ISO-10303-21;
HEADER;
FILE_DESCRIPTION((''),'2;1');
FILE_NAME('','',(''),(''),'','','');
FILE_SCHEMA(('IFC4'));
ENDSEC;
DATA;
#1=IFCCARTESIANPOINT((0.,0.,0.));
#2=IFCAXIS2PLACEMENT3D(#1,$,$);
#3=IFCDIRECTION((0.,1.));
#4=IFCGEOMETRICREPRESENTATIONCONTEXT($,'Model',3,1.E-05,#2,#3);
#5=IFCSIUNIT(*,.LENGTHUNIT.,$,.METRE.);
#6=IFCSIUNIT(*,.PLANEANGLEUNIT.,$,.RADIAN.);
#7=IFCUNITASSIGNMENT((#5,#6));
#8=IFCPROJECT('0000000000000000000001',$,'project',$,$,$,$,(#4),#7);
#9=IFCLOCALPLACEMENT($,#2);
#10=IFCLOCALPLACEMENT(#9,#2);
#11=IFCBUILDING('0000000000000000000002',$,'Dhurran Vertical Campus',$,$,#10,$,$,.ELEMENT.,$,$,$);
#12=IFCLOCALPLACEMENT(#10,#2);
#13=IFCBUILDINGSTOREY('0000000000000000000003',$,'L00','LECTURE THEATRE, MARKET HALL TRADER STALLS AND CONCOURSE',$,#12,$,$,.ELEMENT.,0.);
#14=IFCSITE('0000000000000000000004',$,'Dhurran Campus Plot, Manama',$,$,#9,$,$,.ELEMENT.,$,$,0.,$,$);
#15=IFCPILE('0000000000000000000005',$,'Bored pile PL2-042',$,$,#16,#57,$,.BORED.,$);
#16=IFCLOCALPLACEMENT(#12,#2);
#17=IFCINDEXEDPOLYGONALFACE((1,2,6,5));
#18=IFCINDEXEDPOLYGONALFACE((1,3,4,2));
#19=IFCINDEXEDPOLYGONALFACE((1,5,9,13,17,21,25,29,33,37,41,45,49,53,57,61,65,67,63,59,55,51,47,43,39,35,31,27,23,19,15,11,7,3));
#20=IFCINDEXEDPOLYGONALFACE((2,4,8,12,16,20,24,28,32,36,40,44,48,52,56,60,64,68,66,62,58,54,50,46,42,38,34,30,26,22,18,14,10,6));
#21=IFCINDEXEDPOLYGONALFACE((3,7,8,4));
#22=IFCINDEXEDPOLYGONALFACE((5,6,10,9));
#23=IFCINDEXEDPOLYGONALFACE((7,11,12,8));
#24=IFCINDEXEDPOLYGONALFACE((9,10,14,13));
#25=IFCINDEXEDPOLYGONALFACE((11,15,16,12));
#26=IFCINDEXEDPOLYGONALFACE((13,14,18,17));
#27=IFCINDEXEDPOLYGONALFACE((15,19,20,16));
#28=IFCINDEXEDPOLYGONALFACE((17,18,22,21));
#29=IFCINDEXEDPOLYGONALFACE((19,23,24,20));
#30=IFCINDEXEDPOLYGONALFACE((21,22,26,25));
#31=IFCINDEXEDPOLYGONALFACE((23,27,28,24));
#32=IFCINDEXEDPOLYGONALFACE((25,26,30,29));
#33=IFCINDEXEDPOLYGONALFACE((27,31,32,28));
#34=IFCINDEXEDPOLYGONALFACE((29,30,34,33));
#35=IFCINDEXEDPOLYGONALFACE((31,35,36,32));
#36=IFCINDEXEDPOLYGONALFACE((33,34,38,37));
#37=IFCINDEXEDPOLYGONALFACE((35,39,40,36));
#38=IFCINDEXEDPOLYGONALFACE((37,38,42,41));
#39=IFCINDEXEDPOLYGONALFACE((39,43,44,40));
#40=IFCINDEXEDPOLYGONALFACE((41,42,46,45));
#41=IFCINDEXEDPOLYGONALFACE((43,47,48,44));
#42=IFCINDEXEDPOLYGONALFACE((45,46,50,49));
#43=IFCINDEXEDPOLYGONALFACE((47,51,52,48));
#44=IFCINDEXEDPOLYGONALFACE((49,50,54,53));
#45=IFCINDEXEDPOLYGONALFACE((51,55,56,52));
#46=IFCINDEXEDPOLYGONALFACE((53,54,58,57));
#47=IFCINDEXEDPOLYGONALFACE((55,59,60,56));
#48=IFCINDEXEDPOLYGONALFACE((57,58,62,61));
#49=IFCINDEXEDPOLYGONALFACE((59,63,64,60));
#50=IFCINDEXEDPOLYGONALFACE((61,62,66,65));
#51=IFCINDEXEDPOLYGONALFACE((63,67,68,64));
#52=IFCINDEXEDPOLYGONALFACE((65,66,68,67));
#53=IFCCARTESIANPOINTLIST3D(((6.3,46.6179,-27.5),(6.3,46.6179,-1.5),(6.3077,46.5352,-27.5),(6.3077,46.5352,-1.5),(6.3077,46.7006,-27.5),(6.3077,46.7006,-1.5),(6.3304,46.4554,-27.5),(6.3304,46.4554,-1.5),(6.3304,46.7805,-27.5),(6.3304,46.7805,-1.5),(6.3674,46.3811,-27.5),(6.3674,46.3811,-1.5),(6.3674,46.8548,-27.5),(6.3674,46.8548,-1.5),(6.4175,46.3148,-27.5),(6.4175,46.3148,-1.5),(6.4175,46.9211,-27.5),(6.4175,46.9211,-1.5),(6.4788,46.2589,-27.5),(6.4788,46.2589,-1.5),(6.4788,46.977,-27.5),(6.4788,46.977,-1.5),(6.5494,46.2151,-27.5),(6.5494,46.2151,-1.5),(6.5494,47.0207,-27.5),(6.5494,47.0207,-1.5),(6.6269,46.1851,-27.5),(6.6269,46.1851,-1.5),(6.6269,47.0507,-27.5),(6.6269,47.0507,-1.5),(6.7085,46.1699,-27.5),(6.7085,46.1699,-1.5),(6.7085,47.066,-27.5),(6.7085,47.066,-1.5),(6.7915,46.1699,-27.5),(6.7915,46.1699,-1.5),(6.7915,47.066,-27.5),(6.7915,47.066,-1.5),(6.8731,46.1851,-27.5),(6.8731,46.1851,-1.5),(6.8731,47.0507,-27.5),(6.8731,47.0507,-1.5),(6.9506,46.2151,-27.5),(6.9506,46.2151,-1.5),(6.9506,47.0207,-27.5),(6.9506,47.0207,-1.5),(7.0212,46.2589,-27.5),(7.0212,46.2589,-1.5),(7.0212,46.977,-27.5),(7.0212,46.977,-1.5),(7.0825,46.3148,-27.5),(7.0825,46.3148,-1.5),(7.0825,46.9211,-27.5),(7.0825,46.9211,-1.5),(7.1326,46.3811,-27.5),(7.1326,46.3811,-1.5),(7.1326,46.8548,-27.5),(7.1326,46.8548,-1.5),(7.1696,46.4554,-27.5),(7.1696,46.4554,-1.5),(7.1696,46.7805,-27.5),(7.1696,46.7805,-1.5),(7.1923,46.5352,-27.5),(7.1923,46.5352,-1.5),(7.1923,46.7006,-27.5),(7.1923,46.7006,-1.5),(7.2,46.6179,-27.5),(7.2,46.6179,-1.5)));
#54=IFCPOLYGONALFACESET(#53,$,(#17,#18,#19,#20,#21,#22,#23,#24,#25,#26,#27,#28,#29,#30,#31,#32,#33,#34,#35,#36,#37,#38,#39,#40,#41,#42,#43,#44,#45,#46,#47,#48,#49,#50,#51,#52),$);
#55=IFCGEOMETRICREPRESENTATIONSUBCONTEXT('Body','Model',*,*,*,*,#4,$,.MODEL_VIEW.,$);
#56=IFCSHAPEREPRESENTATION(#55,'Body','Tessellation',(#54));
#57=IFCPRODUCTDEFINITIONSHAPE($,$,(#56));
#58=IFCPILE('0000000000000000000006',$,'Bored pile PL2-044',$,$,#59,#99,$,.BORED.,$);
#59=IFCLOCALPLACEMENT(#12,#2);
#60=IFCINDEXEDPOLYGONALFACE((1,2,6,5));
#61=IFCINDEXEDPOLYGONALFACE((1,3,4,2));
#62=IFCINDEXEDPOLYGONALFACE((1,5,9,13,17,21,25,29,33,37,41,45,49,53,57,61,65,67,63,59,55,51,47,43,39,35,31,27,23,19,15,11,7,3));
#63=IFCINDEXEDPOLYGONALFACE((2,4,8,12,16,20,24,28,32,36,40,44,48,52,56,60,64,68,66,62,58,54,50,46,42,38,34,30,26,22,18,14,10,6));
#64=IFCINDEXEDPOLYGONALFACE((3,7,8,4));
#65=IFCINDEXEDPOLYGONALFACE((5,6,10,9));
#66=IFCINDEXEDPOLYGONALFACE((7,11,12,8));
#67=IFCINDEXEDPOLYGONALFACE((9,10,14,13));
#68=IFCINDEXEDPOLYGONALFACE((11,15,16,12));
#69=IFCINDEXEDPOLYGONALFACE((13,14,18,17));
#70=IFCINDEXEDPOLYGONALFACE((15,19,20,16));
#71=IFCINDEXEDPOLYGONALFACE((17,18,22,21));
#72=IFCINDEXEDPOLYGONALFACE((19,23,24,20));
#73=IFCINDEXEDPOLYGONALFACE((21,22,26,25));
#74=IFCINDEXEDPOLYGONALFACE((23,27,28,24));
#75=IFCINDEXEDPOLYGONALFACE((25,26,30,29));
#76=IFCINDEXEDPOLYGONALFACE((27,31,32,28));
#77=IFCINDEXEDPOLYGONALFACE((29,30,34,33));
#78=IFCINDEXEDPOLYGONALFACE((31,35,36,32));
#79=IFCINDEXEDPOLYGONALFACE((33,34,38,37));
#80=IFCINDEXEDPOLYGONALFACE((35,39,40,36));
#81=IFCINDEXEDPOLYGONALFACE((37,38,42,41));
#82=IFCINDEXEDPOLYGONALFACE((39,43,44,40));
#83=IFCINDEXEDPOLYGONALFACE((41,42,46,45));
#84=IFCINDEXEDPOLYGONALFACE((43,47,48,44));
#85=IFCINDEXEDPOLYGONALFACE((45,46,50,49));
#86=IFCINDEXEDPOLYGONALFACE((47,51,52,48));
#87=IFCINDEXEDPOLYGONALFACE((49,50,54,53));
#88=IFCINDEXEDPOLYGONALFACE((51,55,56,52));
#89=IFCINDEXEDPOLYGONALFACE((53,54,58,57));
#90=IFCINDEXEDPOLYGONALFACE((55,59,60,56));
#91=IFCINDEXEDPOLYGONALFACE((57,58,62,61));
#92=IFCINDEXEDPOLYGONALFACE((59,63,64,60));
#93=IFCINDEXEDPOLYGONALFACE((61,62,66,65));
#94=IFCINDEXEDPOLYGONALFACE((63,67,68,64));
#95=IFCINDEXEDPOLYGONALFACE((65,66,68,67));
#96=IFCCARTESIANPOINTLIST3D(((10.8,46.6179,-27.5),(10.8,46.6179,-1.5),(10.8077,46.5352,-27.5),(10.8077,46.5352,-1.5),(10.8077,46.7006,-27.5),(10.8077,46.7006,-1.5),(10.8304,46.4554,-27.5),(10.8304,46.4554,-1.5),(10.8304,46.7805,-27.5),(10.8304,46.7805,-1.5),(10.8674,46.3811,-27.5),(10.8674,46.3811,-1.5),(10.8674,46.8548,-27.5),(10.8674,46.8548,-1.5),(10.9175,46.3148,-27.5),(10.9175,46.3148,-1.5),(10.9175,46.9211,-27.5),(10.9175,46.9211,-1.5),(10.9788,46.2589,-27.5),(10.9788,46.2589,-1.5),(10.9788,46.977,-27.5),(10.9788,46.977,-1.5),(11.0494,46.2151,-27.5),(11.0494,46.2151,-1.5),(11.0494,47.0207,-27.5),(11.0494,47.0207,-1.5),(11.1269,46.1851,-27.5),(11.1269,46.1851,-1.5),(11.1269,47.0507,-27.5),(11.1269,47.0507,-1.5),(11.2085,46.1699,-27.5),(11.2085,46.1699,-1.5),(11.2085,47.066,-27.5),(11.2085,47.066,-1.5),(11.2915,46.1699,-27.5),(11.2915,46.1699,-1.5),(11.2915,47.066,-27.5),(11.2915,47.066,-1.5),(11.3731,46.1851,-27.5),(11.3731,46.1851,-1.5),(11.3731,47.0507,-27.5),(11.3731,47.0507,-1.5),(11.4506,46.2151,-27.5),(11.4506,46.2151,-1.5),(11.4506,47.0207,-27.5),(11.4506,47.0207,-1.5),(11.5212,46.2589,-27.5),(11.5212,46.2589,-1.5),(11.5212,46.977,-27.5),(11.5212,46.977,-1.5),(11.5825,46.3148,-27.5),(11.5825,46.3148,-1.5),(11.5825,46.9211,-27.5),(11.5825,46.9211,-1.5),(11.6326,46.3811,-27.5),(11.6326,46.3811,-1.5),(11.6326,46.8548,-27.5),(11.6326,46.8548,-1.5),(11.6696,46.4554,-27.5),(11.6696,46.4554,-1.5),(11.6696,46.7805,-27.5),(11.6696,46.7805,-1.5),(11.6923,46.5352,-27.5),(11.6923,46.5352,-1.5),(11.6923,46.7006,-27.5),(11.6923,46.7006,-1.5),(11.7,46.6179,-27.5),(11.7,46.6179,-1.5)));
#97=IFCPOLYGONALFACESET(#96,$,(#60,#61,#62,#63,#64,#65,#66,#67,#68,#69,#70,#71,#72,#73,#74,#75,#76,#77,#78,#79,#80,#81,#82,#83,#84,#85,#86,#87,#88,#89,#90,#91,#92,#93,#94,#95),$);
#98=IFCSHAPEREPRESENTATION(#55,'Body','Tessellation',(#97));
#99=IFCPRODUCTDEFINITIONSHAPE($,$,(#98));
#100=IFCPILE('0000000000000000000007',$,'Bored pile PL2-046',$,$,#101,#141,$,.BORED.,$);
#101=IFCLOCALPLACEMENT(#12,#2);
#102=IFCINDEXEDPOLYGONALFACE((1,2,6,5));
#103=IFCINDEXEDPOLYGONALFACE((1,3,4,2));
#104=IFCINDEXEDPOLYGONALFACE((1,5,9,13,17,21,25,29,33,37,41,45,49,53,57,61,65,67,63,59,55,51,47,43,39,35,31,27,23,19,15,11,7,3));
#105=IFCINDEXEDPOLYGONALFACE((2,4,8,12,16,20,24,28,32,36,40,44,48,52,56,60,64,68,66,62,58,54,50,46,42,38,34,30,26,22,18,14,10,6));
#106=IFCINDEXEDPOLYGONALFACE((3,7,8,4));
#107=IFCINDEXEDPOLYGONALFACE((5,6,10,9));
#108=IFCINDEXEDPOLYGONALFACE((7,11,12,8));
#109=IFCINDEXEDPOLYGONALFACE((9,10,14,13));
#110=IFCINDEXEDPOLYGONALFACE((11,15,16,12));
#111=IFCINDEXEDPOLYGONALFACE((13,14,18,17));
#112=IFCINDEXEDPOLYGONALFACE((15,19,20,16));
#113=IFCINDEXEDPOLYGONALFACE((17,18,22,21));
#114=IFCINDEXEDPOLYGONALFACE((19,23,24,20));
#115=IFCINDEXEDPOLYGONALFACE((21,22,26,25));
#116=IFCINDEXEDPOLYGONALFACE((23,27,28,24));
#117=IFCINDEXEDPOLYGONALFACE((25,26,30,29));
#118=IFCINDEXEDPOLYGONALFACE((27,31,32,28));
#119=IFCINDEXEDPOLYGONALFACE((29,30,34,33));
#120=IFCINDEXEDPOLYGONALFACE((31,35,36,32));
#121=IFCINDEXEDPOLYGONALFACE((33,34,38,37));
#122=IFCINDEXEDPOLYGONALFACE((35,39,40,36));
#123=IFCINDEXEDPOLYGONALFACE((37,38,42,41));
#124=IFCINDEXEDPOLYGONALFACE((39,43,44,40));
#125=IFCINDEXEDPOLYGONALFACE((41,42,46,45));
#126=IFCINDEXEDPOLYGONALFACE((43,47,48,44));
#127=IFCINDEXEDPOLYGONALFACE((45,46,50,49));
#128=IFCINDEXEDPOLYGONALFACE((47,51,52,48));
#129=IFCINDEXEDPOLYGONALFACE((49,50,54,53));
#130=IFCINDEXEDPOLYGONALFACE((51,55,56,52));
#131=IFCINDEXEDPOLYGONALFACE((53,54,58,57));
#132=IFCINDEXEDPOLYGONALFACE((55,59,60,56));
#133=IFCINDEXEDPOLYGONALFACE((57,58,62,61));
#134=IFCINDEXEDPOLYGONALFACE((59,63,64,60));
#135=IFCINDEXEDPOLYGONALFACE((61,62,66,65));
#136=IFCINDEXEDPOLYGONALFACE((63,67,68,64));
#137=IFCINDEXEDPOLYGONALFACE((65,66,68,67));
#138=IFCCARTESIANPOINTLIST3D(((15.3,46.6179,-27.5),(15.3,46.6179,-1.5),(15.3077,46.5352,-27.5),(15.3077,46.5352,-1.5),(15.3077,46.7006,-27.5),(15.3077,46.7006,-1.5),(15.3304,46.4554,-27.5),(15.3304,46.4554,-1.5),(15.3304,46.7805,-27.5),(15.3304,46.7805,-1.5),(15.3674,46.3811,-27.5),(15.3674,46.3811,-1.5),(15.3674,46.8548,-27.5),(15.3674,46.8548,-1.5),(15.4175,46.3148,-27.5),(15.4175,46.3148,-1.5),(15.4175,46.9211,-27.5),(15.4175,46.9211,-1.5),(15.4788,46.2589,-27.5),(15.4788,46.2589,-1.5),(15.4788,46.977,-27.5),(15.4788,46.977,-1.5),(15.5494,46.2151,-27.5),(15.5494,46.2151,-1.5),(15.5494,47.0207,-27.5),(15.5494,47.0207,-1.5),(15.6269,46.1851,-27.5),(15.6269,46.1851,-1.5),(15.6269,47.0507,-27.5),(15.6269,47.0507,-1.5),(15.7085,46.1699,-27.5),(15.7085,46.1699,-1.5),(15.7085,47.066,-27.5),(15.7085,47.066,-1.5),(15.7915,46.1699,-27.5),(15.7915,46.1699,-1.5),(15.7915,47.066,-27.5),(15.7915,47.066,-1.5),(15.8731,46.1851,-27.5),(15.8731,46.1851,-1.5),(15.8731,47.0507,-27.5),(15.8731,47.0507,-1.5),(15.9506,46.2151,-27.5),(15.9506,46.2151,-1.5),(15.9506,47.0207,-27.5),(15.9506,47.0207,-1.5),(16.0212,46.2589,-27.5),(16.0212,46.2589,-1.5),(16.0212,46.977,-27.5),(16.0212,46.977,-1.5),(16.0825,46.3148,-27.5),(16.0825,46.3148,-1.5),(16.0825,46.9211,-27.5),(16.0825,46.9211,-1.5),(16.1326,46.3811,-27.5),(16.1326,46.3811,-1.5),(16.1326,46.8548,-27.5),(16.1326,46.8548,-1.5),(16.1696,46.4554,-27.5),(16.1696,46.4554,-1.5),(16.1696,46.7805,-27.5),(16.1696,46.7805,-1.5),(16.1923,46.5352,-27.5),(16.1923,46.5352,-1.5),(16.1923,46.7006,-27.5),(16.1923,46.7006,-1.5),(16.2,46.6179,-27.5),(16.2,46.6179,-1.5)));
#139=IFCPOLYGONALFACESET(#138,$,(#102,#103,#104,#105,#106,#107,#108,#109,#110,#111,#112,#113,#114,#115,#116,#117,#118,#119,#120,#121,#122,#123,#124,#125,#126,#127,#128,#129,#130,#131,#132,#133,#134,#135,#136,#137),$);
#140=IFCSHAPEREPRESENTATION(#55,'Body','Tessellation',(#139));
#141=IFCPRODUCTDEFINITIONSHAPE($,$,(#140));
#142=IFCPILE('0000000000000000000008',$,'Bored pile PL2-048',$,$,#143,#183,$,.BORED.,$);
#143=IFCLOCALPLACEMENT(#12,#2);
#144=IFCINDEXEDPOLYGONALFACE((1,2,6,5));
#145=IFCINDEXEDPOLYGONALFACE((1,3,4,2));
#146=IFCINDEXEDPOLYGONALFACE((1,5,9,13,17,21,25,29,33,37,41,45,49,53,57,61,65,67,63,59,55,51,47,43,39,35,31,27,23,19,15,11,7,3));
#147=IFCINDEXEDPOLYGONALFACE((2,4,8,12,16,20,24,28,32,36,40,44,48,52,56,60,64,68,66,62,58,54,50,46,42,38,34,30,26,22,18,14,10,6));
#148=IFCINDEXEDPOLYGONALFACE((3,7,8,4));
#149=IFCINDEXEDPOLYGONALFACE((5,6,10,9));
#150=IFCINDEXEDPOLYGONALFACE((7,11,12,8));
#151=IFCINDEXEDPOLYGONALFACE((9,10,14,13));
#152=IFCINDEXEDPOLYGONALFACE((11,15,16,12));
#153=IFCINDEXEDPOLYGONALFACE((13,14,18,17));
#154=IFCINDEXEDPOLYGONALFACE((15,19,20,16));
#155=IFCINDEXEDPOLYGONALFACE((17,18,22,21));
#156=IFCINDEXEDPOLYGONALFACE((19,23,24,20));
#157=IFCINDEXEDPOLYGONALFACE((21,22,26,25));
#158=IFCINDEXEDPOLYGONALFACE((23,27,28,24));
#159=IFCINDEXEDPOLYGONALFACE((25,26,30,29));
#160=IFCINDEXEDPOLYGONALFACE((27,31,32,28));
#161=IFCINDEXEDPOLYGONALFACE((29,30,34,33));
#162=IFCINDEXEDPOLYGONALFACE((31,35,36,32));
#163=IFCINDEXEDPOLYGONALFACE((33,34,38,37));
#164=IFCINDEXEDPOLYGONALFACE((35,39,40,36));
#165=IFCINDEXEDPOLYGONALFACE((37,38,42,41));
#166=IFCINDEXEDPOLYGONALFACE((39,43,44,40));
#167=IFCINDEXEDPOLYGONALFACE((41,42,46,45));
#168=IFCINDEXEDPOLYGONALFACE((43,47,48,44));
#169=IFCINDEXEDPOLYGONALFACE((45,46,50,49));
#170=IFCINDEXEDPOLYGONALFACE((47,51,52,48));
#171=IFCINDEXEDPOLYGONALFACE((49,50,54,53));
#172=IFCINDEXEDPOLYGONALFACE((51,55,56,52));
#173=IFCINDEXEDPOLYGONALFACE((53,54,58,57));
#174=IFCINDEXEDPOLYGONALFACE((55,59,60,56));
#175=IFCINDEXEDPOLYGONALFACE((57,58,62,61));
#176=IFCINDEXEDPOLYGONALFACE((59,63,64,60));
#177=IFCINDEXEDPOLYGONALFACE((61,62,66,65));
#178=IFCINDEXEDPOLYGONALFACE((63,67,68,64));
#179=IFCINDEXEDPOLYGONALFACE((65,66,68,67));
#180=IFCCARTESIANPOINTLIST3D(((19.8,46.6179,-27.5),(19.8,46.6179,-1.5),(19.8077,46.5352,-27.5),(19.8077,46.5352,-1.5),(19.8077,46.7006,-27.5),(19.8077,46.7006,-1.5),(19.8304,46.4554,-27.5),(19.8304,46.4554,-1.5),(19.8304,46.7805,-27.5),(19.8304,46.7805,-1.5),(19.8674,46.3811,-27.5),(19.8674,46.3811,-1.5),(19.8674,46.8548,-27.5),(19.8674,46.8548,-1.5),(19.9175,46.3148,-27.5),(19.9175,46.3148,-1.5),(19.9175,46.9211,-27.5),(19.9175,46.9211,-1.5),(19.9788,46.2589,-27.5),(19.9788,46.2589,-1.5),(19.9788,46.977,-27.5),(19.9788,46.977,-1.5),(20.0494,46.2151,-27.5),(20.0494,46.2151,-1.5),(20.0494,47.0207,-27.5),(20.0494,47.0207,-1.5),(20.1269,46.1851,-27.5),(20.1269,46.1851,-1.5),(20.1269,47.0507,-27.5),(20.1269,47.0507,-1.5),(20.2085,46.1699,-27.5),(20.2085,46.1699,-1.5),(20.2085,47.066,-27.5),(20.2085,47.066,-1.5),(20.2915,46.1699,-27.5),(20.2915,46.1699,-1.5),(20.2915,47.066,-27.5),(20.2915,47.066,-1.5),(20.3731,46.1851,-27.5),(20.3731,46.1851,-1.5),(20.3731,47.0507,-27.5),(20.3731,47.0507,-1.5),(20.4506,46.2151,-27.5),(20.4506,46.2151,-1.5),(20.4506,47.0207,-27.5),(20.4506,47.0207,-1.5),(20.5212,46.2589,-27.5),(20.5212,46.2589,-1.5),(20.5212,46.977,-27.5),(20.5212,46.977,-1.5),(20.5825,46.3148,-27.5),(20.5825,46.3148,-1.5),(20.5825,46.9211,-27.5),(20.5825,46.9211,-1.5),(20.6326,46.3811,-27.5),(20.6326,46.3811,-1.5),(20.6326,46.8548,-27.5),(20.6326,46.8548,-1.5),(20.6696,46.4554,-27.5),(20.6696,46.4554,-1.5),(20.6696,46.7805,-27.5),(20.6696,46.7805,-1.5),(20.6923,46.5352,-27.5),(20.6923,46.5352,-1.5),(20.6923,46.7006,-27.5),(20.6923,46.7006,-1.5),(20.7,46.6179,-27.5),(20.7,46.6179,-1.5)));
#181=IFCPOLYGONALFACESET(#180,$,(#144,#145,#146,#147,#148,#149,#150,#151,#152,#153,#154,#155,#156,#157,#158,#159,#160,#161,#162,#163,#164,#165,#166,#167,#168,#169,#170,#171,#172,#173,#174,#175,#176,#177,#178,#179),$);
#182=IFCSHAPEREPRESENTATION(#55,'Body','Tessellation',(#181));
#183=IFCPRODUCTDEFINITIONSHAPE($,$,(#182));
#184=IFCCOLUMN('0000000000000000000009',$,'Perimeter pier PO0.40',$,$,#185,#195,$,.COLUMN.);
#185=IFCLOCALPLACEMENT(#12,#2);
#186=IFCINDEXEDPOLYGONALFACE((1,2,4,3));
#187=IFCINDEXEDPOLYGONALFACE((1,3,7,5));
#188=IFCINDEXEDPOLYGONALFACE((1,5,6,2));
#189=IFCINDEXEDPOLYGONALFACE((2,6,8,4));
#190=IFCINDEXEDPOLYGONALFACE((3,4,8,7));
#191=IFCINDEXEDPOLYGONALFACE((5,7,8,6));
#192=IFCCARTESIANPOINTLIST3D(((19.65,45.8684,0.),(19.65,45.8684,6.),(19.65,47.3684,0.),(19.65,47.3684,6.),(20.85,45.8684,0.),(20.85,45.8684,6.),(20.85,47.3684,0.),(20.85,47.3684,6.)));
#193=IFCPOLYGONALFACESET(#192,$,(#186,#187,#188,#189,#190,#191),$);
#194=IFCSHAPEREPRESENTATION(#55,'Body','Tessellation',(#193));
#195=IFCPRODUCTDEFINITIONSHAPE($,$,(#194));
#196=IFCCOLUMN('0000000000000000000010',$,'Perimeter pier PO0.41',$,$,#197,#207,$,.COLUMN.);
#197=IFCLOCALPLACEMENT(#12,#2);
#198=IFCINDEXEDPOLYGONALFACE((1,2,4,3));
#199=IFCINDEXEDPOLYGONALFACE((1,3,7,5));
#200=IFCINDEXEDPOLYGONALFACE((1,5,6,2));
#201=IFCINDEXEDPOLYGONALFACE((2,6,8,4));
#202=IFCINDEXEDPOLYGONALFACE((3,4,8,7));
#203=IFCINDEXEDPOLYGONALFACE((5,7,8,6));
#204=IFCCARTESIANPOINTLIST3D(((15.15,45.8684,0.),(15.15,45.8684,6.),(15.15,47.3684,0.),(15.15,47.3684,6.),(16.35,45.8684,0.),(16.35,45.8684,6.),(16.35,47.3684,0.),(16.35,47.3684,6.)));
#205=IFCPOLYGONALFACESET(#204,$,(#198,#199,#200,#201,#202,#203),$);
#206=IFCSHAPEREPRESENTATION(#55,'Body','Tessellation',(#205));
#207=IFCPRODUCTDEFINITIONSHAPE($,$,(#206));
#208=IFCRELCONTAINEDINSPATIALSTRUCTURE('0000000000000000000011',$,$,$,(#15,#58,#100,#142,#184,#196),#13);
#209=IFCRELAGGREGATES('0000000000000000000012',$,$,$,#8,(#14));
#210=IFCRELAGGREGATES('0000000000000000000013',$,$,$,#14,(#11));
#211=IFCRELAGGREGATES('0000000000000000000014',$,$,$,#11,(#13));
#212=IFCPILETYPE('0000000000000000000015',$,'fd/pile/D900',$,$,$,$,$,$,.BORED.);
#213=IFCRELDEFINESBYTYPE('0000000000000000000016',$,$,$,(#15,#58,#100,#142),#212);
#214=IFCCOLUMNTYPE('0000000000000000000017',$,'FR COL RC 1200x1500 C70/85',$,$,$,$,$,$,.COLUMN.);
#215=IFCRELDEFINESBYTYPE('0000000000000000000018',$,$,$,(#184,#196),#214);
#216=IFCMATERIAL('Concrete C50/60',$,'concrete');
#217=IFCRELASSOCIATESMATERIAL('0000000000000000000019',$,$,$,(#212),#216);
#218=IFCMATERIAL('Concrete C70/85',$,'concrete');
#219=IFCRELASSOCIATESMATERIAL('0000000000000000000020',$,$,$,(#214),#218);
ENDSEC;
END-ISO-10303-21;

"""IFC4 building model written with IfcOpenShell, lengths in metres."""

from ifc_helpers import new_model, si_unit, direction, frame, origin, origin_2d, place, context, subcontext, project, spatial, rectangle, circle, extrude, material, material_profile, profile_set, type_object, element, save


model = new_model("IFC4")

# Units and contexts
model_context = context("Model", 3, precision=1e-05, world=origin(), true_north=direction((0.0, 1.0)))
body_context = subcontext(model_context, "Body", "Model", "MODEL_VIEW")
ifc_project = project(units=[si_unit("LENGTHUNIT", "METRE"), si_unit("PLANEANGLEUNIT", "RADIAN")], contexts=[model_context])

# Site, building, storey
site_placement = place(None, origin())
site = spatial("IfcSite", under=ifc_project, at=site_placement, Name="Dhurran Campus Plot, Manama", CompositionType="ELEMENT", RefElevation=0.0)
building_placement = place(site_placement, origin())
building = spatial("IfcBuilding", under=site, at=building_placement, Name="Dhurran Vertical Campus", CompositionType="ELEMENT")
storey_placement = place(building_placement, origin())
storey = spatial("IfcBuildingStorey", under=building, at=storey_placement, Name="L00", Description="LECTURE THEATRE, MARKET HALL TRADER STALLS AND CONCOURSE", CompositionType="ELEMENT", Elevation=0.0)

# Piles
ifc_material_1 = material(Name="Concrete C50/60", Category="concrete")
ifc_material_profile_1 = material_profile(ifc_material_1, circle(Radius=0.45, at=origin_2d()), Name="fd/pile/D900")
ifc_profile_set_1 = profile_set([ifc_material_profile_1], Name="Concrete C50/60")
pile_type = type_object("IfcPileType", Name="fd/pile/D900", PredefinedType="BORED", material=ifc_profile_set_1)
for number, where, z_axis, x_axis, name in (
    (1, (6.75, 46.6179, -1.5), (0.0, 0.0, -1.0), (1.0, 0.0, 0.0), "Bored pile PL2-042"),
    (2, (11.25, 46.6179, -1.5), (0.0, 0.0, -1.0), (1.0, 0.0, 0.0), "Bored pile PL2-044"),
    (3, (15.75, 46.6179, -1.5), (0.0, 0.0, -1.0), (1.0, 0.0, 0.0), "Bored pile PL2-046"),
    (4, (20.25, 46.6179, -1.5), (0.0, 0.0, -1.0), (1.0, 0.0, 0.0), "Bored pile PL2-048"),
):
    element("IfcPile", number, at=place(storey_placement, frame(where, z_axis=z_axis, x_axis=x_axis)), inside=storey, type_object=pile_type, Name=name, PredefinedType="BORED", context=body_context, shape_type="SweptSolid", body=[
        extrude(circle(Radius=0.45, at=origin_2d()), origin(), (0.0, 0.0, 1.0), 26.0),
    ])

# Columns
ifc_material_2 = material(Name="Concrete C70/85", Category="concrete")
ifc_material_profile_2 = material_profile(ifc_material_2, rectangle(XDim=1.2, YDim=1.5, at=origin_2d()), Name="RC 1200x1500")
ifc_profile_set_2 = profile_set([ifc_material_profile_2], Name="Concrete C70/85")
column_type = type_object("IfcColumnType", Name="FR COL RC 1200x1500 C70/85", PredefinedType="COLUMN", material=ifc_profile_set_2)
for number, where, z_axis, x_axis, name in (
    (5, (20.25, 46.6184, 0.0), (0.0, 0.0, 1.0), (-1.0, 0.0, 0.0), "Perimeter pier PO0.40"),
    (6, (15.75, 46.6184, 0.0), (0.0, 0.0, 1.0), (-1.0, 0.0, 0.0), "Perimeter pier PO0.41"),
):
    element("IfcColumn", number, at=place(storey_placement, frame(where, z_axis=z_axis, x_axis=x_axis)), inside=storey, type_object=column_type, Name=name, PredefinedType="COLUMN", context=body_context, shape_type="SweptSolid", body=[
        extrude(rectangle(XDim=1.2, YDim=1.5, at=origin_2d()), origin(), (0.0, 0.0, 1.0), 6.0),
    ])

save(model, "model.ifc")
